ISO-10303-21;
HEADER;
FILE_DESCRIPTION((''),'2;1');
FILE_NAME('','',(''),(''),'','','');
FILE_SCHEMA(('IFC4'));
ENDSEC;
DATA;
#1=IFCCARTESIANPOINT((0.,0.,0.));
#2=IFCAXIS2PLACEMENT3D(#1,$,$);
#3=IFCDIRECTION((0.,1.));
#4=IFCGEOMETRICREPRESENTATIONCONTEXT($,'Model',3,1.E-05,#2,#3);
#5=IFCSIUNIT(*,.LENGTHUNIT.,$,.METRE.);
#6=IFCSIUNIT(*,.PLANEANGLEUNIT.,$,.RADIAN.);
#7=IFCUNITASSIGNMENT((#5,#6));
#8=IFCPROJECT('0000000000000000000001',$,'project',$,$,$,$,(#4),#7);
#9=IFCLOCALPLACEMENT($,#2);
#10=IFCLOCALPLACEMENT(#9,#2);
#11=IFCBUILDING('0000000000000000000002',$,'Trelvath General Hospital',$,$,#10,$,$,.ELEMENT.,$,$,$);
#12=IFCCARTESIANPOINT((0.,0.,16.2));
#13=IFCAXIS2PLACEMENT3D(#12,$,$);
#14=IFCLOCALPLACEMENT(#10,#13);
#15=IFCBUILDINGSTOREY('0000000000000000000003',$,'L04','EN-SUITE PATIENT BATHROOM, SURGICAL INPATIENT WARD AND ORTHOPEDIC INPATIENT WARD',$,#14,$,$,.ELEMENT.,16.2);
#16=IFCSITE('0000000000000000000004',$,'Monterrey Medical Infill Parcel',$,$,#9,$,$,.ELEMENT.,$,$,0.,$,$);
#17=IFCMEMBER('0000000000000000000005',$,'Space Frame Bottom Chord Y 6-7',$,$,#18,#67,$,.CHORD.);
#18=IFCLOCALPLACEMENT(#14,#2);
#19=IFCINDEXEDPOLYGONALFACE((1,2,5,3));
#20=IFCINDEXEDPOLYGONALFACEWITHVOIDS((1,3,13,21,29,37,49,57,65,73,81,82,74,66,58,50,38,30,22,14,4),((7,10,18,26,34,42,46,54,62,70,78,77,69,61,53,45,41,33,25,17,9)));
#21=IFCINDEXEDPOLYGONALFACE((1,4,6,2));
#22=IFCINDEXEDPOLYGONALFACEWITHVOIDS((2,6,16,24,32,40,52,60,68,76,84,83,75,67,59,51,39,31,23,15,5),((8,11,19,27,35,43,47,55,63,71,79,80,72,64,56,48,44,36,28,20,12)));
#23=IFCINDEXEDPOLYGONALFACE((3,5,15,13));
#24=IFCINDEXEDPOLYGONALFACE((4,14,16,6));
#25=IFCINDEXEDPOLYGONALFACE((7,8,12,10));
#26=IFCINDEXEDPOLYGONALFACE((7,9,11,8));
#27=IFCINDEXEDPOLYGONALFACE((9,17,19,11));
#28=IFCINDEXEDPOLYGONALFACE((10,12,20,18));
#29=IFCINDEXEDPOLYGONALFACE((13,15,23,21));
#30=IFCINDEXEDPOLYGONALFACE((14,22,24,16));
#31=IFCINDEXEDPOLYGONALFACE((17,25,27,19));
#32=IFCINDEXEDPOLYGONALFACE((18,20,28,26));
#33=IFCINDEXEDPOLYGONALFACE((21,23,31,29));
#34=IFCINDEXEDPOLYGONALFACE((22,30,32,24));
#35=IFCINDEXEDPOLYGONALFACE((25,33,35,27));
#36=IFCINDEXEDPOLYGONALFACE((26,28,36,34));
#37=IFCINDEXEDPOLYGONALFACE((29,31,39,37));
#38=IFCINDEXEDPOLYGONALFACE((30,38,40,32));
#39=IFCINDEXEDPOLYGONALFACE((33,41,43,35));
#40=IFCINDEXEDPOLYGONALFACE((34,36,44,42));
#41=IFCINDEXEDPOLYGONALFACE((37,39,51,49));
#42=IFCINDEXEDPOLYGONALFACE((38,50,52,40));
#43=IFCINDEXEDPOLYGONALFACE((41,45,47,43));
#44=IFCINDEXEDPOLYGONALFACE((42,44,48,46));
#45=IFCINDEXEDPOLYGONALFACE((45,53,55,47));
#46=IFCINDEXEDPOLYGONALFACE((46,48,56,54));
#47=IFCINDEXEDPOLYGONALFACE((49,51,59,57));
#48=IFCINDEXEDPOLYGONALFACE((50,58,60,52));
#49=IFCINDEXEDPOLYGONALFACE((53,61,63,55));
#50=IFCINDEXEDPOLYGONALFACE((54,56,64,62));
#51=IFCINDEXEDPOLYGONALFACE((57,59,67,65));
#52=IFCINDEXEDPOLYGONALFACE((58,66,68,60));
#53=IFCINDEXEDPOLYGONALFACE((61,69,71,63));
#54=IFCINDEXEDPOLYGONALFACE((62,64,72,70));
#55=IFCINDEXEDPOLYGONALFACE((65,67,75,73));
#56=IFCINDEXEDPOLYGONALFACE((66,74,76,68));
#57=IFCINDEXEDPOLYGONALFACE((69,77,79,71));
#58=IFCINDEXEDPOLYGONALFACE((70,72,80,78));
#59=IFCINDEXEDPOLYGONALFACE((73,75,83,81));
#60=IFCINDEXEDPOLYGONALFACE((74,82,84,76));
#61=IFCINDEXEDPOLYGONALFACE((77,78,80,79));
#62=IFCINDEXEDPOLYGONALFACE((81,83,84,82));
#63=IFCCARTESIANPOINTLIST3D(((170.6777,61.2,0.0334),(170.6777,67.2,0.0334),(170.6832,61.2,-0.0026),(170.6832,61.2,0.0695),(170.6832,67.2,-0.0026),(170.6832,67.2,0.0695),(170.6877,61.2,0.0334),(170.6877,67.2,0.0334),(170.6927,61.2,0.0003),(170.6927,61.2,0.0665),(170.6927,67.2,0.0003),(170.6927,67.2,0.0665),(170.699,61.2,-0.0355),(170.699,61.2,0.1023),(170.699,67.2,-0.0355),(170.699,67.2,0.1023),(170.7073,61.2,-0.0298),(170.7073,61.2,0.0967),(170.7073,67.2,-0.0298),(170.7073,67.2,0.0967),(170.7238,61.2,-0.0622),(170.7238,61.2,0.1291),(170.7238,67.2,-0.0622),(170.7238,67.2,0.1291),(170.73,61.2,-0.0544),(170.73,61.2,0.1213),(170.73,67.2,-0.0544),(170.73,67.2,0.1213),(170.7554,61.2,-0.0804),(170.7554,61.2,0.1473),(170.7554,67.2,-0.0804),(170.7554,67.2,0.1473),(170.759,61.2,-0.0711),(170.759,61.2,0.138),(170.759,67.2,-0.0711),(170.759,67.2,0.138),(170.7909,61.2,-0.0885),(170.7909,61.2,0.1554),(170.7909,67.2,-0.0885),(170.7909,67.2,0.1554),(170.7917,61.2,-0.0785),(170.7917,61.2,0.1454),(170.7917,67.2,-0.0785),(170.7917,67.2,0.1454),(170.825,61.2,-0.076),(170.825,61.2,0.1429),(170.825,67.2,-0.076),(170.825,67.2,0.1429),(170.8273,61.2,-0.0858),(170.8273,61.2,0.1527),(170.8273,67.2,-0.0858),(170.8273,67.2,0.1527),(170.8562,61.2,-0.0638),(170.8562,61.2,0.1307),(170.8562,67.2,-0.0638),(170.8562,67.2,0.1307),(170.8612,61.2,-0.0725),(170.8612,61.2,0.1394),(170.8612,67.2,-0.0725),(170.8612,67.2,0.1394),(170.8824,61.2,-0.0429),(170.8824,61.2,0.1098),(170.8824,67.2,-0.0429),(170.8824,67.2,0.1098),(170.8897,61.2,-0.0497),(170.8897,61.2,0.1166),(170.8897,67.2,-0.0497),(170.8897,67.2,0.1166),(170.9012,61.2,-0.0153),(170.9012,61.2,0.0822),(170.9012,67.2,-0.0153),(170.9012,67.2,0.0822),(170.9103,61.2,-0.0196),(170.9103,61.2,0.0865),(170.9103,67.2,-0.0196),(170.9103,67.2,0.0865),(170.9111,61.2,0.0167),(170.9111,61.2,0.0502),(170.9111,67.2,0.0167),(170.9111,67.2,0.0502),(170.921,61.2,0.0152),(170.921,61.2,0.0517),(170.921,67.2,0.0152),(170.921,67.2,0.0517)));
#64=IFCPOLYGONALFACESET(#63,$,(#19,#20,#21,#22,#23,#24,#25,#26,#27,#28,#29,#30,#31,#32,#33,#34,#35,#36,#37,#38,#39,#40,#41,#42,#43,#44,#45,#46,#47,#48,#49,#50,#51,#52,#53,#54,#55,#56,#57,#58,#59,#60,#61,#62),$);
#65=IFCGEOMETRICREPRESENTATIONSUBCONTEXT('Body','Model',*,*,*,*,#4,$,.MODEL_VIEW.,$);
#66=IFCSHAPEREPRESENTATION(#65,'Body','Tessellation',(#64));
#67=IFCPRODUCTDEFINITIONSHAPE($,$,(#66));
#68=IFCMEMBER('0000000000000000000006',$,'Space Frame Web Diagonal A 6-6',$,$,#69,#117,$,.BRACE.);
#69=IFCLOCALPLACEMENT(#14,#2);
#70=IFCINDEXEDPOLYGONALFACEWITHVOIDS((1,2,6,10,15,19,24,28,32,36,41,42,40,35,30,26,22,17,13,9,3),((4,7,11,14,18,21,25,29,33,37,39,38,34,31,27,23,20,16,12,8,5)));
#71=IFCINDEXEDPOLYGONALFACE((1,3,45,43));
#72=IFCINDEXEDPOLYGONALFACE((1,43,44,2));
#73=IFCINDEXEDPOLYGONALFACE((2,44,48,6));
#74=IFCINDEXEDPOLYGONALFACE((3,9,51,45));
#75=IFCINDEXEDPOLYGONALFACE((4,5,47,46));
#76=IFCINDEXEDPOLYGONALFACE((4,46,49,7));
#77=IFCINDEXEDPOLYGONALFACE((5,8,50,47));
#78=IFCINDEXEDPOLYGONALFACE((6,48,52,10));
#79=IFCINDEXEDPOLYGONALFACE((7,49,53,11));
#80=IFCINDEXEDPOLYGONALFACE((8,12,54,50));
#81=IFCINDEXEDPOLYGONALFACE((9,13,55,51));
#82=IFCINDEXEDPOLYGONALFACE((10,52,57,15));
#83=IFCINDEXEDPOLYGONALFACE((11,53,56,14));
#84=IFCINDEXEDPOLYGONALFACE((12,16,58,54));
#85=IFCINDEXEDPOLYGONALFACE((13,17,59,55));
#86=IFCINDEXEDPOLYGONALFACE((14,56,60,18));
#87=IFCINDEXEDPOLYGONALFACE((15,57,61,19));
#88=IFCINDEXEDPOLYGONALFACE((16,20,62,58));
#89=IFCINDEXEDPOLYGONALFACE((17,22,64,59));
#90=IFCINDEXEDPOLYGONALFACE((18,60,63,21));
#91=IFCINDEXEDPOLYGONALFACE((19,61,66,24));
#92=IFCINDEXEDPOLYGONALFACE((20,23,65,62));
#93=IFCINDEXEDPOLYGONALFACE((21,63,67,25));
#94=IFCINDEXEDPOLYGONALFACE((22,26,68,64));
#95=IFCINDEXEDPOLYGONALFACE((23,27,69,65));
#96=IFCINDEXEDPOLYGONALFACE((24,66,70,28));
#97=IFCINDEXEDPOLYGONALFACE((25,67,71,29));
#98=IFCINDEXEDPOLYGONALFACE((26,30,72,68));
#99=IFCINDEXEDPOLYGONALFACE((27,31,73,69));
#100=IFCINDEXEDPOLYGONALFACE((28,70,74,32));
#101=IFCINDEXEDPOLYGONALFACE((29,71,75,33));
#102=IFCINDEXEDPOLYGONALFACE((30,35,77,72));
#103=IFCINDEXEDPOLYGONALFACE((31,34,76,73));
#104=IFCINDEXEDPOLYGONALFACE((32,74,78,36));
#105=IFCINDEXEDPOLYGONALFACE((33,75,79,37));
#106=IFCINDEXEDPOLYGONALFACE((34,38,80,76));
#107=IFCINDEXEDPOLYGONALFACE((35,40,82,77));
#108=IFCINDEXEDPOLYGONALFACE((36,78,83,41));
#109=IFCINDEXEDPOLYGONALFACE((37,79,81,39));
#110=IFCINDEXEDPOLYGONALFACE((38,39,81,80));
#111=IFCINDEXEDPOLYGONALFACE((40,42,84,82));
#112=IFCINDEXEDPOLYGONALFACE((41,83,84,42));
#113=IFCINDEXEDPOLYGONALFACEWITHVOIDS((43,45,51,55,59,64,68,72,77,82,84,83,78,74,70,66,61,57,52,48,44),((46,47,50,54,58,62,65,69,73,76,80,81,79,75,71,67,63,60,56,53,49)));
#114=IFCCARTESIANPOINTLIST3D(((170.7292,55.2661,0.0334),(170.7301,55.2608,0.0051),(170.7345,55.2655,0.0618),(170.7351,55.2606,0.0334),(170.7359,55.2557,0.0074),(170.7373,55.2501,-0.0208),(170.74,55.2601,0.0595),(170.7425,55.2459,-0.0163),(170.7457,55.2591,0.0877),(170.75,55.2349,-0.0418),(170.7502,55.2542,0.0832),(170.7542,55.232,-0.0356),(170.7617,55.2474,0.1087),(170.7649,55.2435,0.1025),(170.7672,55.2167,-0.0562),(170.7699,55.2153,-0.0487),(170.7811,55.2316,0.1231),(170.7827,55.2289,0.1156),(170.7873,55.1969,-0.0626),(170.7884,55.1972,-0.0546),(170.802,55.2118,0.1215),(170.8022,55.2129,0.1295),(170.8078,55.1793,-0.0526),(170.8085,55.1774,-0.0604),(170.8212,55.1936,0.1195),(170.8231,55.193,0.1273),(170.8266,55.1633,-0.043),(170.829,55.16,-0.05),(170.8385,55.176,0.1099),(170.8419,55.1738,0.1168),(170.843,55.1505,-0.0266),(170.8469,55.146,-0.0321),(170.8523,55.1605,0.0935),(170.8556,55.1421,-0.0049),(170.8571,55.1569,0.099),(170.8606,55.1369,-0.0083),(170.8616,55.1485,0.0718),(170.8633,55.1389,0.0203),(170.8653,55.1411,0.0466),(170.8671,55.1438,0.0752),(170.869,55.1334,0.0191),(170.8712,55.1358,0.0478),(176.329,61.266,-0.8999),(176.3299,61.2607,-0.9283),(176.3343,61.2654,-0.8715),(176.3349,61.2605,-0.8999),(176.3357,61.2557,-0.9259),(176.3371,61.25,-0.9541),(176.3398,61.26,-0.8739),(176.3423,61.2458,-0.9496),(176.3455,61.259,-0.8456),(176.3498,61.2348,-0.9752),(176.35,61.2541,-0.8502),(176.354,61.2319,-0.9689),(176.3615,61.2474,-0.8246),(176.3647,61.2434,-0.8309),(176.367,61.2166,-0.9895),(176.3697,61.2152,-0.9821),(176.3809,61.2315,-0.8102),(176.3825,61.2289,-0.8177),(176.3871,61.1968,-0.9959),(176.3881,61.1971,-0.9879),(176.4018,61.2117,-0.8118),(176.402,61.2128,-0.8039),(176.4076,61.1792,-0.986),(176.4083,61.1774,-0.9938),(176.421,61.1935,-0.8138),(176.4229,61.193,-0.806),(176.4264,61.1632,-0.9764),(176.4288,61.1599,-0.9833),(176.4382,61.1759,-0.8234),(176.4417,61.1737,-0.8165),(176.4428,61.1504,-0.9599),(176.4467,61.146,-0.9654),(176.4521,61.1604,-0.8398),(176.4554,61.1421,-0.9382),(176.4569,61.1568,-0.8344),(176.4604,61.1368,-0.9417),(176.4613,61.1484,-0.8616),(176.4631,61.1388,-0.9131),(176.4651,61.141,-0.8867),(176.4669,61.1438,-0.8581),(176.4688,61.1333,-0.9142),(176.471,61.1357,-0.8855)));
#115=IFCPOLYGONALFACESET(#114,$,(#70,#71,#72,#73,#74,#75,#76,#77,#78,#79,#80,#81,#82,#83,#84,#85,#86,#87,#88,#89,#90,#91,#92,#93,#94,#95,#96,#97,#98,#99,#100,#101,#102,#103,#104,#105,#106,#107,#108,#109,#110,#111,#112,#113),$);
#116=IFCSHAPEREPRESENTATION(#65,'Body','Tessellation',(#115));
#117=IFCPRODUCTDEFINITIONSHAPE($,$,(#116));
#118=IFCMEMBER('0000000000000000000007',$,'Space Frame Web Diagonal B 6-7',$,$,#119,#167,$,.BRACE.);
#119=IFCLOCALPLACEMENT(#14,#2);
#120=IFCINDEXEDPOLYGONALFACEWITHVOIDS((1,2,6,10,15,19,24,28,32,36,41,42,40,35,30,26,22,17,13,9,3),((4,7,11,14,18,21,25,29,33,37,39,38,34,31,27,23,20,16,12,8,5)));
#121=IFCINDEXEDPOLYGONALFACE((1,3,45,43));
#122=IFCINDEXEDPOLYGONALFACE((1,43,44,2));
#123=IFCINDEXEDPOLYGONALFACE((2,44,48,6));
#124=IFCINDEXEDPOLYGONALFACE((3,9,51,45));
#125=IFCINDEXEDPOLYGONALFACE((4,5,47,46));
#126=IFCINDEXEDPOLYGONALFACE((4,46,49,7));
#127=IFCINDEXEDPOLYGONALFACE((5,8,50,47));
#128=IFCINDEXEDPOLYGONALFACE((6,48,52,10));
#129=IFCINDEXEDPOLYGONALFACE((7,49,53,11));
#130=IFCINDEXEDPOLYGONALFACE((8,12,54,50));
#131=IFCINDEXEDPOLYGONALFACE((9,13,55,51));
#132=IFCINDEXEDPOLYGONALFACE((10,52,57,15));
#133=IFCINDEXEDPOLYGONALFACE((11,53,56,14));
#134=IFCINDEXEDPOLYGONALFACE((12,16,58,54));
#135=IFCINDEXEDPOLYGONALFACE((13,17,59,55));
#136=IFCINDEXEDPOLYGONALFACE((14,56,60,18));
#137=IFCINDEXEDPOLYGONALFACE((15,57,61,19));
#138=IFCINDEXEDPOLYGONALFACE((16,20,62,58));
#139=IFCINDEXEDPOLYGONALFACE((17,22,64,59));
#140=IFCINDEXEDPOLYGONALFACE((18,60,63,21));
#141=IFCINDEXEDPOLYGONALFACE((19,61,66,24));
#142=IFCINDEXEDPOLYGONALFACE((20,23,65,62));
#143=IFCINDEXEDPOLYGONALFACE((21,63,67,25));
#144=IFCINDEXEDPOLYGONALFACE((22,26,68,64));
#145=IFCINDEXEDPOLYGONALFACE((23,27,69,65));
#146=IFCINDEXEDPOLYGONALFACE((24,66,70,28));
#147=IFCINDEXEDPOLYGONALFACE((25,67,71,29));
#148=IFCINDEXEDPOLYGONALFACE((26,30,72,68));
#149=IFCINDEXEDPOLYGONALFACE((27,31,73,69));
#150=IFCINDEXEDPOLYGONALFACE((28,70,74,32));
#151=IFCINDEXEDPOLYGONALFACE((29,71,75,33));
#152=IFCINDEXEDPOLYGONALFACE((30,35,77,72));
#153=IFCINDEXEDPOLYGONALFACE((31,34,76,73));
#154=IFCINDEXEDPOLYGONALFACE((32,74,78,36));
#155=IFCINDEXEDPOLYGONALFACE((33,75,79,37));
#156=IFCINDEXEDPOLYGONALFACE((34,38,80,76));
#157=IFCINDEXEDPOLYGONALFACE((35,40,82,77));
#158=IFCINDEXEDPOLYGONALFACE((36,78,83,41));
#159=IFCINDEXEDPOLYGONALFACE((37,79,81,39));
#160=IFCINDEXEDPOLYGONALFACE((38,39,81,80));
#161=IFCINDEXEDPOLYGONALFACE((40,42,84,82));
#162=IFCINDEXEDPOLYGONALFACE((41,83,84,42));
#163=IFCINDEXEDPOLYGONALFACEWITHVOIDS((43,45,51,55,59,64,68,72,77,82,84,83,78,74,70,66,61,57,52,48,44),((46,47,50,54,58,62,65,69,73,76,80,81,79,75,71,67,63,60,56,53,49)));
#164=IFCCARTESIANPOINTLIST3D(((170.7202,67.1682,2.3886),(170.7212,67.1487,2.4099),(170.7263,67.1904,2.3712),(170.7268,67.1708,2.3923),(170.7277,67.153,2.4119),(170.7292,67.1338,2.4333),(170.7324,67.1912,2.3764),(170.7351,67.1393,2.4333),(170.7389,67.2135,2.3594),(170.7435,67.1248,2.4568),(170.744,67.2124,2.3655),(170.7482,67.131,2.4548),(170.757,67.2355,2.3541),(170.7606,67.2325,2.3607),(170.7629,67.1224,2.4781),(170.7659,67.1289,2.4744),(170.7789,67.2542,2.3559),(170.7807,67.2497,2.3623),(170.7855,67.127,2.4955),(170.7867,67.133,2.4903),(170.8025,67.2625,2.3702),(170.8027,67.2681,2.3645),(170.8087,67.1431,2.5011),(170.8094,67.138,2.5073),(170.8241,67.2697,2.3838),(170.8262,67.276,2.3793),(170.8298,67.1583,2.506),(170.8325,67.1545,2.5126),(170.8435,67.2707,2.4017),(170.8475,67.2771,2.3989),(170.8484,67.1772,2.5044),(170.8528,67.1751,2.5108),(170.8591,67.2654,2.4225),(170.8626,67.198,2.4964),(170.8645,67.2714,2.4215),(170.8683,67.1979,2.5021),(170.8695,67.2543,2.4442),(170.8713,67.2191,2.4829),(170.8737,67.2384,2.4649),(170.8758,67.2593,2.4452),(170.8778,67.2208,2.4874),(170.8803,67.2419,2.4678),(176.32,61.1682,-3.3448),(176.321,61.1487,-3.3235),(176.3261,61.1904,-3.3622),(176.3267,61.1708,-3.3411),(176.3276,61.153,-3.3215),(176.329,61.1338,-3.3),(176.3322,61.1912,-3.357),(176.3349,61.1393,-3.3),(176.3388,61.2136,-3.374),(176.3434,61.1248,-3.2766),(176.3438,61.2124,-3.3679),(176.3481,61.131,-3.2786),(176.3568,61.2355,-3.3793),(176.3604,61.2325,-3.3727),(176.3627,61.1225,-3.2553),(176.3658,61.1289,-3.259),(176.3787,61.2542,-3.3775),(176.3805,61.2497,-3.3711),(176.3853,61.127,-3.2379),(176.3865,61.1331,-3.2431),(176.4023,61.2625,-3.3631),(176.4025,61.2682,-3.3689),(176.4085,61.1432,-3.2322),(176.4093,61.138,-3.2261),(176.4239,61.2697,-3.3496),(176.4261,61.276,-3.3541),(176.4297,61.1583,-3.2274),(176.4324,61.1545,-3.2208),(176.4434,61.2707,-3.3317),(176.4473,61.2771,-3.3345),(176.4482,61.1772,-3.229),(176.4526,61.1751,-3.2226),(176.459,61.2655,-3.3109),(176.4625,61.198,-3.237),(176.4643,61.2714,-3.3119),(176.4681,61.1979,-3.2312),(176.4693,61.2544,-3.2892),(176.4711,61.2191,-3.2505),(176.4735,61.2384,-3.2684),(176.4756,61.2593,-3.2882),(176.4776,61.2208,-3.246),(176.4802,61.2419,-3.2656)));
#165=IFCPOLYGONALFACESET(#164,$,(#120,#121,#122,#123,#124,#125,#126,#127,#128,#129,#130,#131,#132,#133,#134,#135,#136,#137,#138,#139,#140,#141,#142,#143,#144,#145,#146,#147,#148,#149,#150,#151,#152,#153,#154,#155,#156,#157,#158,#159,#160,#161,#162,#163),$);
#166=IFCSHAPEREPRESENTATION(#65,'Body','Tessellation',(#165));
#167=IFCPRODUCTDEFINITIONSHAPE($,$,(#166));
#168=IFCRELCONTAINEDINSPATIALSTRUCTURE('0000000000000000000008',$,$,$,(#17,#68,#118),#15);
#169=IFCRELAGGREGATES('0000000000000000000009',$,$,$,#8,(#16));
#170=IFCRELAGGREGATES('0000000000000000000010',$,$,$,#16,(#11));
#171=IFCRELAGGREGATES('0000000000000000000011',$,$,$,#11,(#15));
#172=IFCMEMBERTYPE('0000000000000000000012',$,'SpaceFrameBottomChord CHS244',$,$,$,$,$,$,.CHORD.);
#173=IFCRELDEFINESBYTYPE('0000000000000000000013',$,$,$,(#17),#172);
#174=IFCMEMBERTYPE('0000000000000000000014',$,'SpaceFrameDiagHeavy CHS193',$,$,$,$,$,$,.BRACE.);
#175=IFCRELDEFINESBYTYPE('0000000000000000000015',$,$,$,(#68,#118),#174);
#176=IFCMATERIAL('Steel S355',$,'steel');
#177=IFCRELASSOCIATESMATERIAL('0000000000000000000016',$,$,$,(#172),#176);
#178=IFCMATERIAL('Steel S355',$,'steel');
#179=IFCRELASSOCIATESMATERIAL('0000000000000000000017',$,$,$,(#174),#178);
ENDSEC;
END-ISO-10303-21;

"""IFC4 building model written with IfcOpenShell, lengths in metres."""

from ifc_helpers import new_model, si_unit, direction, frame, origin, origin_2d, place, context, subcontext, project, spatial, hollow_circle, extrude, material, material_profile, profile_set, type_object, element, save


model = new_model("IFC4")

# Units and contexts
model_context = context("Model", 3, precision=1e-05, world=origin(), true_north=direction((0.0, 1.0)))
body_context = subcontext(model_context, "Body", "Model", "MODEL_VIEW")
ifc_project = project(units=[si_unit("LENGTHUNIT", "METRE"), si_unit("PLANEANGLEUNIT", "RADIAN")], contexts=[model_context])

# Site, building, storey
site_placement = place(None, origin())
site = spatial("IfcSite", under=ifc_project, at=site_placement, Name="Monterrey Medical Infill Parcel", CompositionType="ELEMENT", RefElevation=0.0)
building_placement = place(site_placement, origin())
building = spatial("IfcBuilding", under=site, at=building_placement, Name="Trelvath General Hospital", CompositionType="ELEMENT")
storey_placement = place(building_placement, frame((0.0, 0.0, 16.2)))
storey = spatial("IfcBuildingStorey", under=building, at=storey_placement, Name="L04", Description="EN-SUITE PATIENT BATHROOM, SURGICAL INPATIENT WARD AND ORTHOPEDIC INPATIENT WARD", CompositionType="ELEMENT", Elevation=16.2)

# Members
ifc_material_1 = material(Name="Steel S355", Category="steel")
ifc_material_profile_1 = material_profile(ifc_material_1, hollow_circle(Radius=0.1223, WallThickness=0.01, at=origin_2d()), Name="CHS244.5x10.0")
ifc_profile_set_1 = profile_set([ifc_material_profile_1], Name="Steel S355")
member_type_1 = type_object("IfcMemberType", Name="SpaceFrameBottomChord CHS244", PredefinedType="CHORD", material=ifc_profile_set_1)
member_1_placement = place(storey_placement, frame((170.8, 61.2, 0.0334), z_axis=(0.0, 1.0, 0.0), x_axis=(-1.0, 0.0, 0.0)))
element("IfcMember", 1, at=member_1_placement, inside=storey, type_object=member_type_1, Name="Space Frame Bottom Chord Y 6-7", PredefinedType="CHORD", context=body_context, shape_type="SweptSolid", body=[
    extrude(hollow_circle(Radius=0.1223, WallThickness=0.01, at=origin_2d()), origin(), (0.0, 0.0, 1.0), 6.0),
])
ifc_material_2 = material(Name="Steel S355", Category="steel")
ifc_material_profile_2 = material_profile(ifc_material_2, hollow_circle(Radius=0.0969, WallThickness=0.0081, at=origin_2d()), Name="CHS193.7x8.0")
ifc_profile_set_2 = profile_set([ifc_material_profile_2], Name="Steel S355")
member_type_2 = type_object("IfcMemberType", Name="SpaceFrameDiagHeavy CHS193", PredefinedType="BRACE", material=ifc_profile_set_2)
member_2_placement = place(storey_placement, frame((170.8, 55.2, 0.0334), z_axis=(0.677939, 0.726382, -0.112995), x_axis=(-0.731064, 0.682309, 0.0)))
element("IfcMember", 2, at=member_2_placement, inside=storey, type_object=member_type_2, Name="Space Frame Web Diagonal A 6-6", PredefinedType="BRACE", context=body_context, shape_type="SweptSolid", body=[
    extrude(hollow_circle(Radius=0.0969, WallThickness=0.0081, at=origin_2d()), origin(), (0.0, 0.0, 1.0), 8.26),
])
member_3_placement = place(storey_placement, frame((176.3999, 61.2, -3.3), z_axis=(-0.559342, 0.599311, 0.572681), x_axis=(-0.731064, -0.682309, 0.0)))
element("IfcMember", 3, at=member_3_placement, inside=storey, type_object=member_type_2, Name="Space Frame Web Diagonal B 6-7", PredefinedType="BRACE", context=body_context, shape_type="SweptSolid", body=[
    extrude(hollow_circle(Radius=0.0969, WallThickness=0.0081, at=origin_2d()), origin(), (0.0, 0.0, 1.0), 10.0115),
])

save(model, "model.ifc")
